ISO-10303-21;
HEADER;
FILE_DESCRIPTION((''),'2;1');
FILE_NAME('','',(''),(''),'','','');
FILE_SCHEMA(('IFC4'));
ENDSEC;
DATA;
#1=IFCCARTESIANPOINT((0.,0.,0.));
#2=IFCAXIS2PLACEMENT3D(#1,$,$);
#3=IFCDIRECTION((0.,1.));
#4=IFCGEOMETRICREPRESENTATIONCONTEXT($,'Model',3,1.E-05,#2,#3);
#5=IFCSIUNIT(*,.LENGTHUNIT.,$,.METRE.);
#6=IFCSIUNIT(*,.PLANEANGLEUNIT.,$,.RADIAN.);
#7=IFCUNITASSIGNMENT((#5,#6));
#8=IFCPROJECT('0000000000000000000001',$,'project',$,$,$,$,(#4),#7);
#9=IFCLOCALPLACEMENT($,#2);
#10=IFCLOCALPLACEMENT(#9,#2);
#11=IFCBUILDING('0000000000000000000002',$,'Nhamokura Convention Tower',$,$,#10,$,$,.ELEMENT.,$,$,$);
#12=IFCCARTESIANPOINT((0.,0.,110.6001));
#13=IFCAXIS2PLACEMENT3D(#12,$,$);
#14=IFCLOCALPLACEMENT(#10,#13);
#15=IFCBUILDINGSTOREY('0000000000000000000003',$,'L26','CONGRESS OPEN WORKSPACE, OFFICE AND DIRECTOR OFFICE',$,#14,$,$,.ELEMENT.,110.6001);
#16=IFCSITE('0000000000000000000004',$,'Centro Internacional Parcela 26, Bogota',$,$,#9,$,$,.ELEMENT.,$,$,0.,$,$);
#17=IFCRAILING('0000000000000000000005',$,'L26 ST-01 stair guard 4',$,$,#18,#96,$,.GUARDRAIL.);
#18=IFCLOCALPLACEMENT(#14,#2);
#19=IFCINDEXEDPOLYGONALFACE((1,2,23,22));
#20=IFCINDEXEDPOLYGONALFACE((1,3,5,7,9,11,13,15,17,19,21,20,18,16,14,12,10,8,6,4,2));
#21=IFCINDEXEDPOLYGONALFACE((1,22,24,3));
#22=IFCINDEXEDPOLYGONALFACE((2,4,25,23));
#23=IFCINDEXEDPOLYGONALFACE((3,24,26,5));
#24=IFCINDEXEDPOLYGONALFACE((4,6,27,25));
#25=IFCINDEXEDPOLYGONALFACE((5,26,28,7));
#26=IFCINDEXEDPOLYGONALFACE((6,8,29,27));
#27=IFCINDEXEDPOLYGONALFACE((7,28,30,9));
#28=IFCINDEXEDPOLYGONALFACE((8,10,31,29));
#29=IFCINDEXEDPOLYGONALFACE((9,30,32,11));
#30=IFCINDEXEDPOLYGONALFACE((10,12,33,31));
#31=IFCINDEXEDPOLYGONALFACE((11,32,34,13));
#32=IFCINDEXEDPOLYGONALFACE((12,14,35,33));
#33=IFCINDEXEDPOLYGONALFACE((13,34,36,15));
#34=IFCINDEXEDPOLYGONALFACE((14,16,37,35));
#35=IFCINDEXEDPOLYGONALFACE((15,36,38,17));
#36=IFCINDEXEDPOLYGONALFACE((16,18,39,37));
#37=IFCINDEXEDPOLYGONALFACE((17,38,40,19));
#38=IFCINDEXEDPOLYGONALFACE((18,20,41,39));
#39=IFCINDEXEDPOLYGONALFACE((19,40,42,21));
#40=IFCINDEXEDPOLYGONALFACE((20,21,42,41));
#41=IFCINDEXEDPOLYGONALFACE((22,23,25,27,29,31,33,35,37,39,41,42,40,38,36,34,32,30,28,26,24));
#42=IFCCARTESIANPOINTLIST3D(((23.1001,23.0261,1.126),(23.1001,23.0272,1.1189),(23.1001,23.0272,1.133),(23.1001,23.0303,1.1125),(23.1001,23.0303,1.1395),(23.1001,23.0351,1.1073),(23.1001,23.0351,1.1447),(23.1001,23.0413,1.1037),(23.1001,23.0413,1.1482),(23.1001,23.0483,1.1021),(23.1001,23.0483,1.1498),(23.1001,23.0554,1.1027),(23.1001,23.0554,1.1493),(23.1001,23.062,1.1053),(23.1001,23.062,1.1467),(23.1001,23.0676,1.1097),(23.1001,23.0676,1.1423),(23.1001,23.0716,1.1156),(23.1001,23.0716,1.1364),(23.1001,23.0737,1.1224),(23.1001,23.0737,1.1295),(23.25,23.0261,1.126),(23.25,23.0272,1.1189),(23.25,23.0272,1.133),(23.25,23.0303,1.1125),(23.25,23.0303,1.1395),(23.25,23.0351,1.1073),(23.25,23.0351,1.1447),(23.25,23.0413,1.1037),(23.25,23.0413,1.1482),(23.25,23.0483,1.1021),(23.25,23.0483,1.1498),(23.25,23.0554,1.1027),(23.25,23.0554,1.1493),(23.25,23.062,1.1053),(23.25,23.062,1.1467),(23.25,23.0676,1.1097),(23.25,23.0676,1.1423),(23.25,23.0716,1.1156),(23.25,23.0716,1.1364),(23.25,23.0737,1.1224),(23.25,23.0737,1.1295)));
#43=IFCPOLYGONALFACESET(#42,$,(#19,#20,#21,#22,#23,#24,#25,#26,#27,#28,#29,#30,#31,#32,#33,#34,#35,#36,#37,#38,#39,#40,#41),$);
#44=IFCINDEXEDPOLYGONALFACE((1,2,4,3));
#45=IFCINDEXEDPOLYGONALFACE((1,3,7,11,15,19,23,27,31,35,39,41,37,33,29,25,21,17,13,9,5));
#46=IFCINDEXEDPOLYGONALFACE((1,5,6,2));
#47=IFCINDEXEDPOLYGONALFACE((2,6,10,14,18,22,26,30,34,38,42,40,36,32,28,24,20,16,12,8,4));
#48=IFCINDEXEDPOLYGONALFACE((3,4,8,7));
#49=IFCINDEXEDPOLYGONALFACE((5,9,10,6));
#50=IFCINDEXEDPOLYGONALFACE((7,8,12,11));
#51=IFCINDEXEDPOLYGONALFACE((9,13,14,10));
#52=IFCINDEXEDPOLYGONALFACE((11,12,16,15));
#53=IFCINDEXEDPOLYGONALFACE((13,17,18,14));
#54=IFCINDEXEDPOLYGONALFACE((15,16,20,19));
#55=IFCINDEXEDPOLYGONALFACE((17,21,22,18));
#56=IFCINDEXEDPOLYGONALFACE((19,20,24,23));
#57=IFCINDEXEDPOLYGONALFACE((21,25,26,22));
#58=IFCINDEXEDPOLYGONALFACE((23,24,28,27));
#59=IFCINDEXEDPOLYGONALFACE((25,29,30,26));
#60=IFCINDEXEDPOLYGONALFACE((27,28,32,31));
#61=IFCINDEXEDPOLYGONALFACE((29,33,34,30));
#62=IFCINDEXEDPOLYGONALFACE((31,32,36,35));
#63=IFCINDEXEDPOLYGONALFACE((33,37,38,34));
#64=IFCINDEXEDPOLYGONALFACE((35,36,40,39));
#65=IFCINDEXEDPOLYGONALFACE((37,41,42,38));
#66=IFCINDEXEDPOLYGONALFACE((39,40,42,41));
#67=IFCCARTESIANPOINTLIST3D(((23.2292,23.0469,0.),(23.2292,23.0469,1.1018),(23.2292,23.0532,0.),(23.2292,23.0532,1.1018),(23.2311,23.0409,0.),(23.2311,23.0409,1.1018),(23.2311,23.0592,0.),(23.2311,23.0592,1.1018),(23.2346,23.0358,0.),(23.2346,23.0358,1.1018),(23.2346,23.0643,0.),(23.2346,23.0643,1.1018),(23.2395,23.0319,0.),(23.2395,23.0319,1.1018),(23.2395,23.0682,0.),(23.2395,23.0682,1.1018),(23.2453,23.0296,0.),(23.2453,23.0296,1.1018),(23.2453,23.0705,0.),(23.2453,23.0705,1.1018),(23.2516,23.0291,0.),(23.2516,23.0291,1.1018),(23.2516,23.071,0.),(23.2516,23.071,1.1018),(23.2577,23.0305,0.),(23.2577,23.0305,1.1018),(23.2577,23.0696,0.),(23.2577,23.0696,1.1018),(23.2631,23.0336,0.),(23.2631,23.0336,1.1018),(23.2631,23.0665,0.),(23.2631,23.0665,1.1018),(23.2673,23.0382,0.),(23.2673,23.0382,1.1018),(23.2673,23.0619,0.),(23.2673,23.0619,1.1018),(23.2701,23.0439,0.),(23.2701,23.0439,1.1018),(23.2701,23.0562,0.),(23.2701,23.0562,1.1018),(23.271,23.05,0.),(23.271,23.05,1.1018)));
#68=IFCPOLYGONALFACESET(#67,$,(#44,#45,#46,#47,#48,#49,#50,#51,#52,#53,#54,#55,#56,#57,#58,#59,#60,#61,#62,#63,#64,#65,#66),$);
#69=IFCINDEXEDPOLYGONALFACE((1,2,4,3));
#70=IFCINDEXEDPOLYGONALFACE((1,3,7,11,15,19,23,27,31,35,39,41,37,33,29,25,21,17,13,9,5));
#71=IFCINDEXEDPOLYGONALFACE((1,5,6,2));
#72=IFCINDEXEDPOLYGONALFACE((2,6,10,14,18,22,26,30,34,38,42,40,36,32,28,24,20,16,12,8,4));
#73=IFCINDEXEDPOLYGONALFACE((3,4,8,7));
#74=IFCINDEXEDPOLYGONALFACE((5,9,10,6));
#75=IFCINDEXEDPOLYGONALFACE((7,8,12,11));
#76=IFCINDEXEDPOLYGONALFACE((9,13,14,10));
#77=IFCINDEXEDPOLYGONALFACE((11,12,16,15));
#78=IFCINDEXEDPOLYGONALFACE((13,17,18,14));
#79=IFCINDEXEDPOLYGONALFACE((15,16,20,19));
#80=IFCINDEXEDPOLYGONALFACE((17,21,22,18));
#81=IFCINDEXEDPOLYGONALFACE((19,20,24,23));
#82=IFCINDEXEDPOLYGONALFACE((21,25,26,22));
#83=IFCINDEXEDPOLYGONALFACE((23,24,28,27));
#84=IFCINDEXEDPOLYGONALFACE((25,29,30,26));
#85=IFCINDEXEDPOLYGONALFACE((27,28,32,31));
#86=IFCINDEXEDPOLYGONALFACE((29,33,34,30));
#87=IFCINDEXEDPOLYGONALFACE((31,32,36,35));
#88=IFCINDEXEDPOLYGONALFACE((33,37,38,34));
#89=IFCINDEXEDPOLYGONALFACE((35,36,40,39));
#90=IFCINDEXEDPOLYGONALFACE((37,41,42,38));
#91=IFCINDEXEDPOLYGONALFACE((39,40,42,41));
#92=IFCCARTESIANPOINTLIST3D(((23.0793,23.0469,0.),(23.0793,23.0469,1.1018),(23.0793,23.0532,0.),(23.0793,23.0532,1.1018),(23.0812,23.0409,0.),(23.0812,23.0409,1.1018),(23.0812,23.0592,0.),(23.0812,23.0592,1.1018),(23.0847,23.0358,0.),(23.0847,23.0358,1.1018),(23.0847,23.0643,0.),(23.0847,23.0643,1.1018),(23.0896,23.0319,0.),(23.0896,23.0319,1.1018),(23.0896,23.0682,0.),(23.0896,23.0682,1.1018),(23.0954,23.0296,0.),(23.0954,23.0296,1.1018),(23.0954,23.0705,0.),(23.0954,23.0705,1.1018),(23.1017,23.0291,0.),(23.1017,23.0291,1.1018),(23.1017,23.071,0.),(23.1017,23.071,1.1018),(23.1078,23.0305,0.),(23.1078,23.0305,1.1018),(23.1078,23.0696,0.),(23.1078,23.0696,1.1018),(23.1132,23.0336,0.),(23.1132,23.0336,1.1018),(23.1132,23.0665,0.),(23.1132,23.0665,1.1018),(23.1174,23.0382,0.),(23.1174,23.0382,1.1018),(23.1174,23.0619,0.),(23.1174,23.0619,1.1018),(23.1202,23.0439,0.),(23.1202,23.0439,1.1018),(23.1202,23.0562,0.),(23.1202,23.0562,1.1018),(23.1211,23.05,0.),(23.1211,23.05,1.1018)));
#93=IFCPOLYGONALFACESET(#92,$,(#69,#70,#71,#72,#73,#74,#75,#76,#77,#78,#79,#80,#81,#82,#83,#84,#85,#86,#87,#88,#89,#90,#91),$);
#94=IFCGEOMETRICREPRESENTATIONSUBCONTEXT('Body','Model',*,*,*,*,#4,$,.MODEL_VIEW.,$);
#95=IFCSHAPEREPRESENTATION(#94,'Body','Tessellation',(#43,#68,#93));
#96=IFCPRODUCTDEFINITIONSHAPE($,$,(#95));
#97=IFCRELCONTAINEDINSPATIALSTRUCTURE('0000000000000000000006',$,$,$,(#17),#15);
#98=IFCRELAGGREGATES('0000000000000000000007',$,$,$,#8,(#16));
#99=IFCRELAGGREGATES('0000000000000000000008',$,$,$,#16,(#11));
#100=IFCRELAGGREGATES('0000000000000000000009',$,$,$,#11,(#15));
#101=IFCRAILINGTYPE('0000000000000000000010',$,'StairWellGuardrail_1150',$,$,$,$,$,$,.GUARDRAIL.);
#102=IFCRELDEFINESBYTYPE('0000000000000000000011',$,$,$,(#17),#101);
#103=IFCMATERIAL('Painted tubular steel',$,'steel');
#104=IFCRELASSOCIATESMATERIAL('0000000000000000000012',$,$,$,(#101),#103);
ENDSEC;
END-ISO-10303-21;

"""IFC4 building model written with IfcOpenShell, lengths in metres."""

from ifc_helpers import new_model, si_unit, direction, frame, origin, origin_2d, place, context, subcontext, project, spatial, circle, extrude, material, type_object, element, save


model = new_model("IFC4")

# Units and contexts
model_context = context("Model", 3, precision=1e-05, world=origin(), true_north=direction((0.0, 1.0)))
body_context = subcontext(model_context, "Body", "Model", "MODEL_VIEW")
ifc_project = project(units=[si_unit("LENGTHUNIT", "METRE"), si_unit("PLANEANGLEUNIT", "RADIAN")], contexts=[model_context])

# Site, building, storey
site_placement = place(None, origin())
site = spatial("IfcSite", under=ifc_project, at=site_placement, Name="Centro Internacional Parcela 26, Bogota", CompositionType="ELEMENT", RefElevation=0.0)
building_placement = place(site_placement, origin())
building = spatial("IfcBuilding", under=site, at=building_placement, Name="Nhamokura Convention Tower", CompositionType="ELEMENT")
storey_placement = place(building_placement, frame((0.0, 0.0, 110.6001)))
storey = spatial("IfcBuildingStorey", under=building, at=storey_placement, Name="L26", Description="CONGRESS OPEN WORKSPACE, OFFICE AND DIRECTOR OFFICE", CompositionType="ELEMENT", Elevation=110.6001)

# Railing
ifc_material_1 = material(Name="Painted tubular steel", Category="steel")
railing_type_1 = type_object("IfcRailingType", Name="StairWellGuardrail_1150", PredefinedType="GUARDRAIL", material=ifc_material_1)
railing_1_placement = place(storey_placement, frame((23.25, 23.05, 0.0)))
element("IfcRailing", 1, at=railing_1_placement, inside=storey, type_object=railing_type_1, Name="L26 ST-01 stair guard 4", PredefinedType="GUARDRAIL", context=body_context, shape_type="SweptSolid", body=[
    extrude(circle(Radius=0.0239, at=origin_2d()), frame((0.0, 0.0, 1.126), z_axis=(-1.0, 0.0, 0.0), x_axis=(0.0, -1.0, 0.0)), (0.0, 0.0, 1.0), 0.1499),
    extrude(circle(Radius=0.021, at=origin_2d()), origin(), (0.0, 0.0, 1.0), 1.1018),
    extrude(circle(Radius=0.021, at=origin_2d()), frame((-0.1499, 0.0, 0.0)), (0.0, 0.0, 1.0), 1.1018),
])

save(model, "model.ifc")
